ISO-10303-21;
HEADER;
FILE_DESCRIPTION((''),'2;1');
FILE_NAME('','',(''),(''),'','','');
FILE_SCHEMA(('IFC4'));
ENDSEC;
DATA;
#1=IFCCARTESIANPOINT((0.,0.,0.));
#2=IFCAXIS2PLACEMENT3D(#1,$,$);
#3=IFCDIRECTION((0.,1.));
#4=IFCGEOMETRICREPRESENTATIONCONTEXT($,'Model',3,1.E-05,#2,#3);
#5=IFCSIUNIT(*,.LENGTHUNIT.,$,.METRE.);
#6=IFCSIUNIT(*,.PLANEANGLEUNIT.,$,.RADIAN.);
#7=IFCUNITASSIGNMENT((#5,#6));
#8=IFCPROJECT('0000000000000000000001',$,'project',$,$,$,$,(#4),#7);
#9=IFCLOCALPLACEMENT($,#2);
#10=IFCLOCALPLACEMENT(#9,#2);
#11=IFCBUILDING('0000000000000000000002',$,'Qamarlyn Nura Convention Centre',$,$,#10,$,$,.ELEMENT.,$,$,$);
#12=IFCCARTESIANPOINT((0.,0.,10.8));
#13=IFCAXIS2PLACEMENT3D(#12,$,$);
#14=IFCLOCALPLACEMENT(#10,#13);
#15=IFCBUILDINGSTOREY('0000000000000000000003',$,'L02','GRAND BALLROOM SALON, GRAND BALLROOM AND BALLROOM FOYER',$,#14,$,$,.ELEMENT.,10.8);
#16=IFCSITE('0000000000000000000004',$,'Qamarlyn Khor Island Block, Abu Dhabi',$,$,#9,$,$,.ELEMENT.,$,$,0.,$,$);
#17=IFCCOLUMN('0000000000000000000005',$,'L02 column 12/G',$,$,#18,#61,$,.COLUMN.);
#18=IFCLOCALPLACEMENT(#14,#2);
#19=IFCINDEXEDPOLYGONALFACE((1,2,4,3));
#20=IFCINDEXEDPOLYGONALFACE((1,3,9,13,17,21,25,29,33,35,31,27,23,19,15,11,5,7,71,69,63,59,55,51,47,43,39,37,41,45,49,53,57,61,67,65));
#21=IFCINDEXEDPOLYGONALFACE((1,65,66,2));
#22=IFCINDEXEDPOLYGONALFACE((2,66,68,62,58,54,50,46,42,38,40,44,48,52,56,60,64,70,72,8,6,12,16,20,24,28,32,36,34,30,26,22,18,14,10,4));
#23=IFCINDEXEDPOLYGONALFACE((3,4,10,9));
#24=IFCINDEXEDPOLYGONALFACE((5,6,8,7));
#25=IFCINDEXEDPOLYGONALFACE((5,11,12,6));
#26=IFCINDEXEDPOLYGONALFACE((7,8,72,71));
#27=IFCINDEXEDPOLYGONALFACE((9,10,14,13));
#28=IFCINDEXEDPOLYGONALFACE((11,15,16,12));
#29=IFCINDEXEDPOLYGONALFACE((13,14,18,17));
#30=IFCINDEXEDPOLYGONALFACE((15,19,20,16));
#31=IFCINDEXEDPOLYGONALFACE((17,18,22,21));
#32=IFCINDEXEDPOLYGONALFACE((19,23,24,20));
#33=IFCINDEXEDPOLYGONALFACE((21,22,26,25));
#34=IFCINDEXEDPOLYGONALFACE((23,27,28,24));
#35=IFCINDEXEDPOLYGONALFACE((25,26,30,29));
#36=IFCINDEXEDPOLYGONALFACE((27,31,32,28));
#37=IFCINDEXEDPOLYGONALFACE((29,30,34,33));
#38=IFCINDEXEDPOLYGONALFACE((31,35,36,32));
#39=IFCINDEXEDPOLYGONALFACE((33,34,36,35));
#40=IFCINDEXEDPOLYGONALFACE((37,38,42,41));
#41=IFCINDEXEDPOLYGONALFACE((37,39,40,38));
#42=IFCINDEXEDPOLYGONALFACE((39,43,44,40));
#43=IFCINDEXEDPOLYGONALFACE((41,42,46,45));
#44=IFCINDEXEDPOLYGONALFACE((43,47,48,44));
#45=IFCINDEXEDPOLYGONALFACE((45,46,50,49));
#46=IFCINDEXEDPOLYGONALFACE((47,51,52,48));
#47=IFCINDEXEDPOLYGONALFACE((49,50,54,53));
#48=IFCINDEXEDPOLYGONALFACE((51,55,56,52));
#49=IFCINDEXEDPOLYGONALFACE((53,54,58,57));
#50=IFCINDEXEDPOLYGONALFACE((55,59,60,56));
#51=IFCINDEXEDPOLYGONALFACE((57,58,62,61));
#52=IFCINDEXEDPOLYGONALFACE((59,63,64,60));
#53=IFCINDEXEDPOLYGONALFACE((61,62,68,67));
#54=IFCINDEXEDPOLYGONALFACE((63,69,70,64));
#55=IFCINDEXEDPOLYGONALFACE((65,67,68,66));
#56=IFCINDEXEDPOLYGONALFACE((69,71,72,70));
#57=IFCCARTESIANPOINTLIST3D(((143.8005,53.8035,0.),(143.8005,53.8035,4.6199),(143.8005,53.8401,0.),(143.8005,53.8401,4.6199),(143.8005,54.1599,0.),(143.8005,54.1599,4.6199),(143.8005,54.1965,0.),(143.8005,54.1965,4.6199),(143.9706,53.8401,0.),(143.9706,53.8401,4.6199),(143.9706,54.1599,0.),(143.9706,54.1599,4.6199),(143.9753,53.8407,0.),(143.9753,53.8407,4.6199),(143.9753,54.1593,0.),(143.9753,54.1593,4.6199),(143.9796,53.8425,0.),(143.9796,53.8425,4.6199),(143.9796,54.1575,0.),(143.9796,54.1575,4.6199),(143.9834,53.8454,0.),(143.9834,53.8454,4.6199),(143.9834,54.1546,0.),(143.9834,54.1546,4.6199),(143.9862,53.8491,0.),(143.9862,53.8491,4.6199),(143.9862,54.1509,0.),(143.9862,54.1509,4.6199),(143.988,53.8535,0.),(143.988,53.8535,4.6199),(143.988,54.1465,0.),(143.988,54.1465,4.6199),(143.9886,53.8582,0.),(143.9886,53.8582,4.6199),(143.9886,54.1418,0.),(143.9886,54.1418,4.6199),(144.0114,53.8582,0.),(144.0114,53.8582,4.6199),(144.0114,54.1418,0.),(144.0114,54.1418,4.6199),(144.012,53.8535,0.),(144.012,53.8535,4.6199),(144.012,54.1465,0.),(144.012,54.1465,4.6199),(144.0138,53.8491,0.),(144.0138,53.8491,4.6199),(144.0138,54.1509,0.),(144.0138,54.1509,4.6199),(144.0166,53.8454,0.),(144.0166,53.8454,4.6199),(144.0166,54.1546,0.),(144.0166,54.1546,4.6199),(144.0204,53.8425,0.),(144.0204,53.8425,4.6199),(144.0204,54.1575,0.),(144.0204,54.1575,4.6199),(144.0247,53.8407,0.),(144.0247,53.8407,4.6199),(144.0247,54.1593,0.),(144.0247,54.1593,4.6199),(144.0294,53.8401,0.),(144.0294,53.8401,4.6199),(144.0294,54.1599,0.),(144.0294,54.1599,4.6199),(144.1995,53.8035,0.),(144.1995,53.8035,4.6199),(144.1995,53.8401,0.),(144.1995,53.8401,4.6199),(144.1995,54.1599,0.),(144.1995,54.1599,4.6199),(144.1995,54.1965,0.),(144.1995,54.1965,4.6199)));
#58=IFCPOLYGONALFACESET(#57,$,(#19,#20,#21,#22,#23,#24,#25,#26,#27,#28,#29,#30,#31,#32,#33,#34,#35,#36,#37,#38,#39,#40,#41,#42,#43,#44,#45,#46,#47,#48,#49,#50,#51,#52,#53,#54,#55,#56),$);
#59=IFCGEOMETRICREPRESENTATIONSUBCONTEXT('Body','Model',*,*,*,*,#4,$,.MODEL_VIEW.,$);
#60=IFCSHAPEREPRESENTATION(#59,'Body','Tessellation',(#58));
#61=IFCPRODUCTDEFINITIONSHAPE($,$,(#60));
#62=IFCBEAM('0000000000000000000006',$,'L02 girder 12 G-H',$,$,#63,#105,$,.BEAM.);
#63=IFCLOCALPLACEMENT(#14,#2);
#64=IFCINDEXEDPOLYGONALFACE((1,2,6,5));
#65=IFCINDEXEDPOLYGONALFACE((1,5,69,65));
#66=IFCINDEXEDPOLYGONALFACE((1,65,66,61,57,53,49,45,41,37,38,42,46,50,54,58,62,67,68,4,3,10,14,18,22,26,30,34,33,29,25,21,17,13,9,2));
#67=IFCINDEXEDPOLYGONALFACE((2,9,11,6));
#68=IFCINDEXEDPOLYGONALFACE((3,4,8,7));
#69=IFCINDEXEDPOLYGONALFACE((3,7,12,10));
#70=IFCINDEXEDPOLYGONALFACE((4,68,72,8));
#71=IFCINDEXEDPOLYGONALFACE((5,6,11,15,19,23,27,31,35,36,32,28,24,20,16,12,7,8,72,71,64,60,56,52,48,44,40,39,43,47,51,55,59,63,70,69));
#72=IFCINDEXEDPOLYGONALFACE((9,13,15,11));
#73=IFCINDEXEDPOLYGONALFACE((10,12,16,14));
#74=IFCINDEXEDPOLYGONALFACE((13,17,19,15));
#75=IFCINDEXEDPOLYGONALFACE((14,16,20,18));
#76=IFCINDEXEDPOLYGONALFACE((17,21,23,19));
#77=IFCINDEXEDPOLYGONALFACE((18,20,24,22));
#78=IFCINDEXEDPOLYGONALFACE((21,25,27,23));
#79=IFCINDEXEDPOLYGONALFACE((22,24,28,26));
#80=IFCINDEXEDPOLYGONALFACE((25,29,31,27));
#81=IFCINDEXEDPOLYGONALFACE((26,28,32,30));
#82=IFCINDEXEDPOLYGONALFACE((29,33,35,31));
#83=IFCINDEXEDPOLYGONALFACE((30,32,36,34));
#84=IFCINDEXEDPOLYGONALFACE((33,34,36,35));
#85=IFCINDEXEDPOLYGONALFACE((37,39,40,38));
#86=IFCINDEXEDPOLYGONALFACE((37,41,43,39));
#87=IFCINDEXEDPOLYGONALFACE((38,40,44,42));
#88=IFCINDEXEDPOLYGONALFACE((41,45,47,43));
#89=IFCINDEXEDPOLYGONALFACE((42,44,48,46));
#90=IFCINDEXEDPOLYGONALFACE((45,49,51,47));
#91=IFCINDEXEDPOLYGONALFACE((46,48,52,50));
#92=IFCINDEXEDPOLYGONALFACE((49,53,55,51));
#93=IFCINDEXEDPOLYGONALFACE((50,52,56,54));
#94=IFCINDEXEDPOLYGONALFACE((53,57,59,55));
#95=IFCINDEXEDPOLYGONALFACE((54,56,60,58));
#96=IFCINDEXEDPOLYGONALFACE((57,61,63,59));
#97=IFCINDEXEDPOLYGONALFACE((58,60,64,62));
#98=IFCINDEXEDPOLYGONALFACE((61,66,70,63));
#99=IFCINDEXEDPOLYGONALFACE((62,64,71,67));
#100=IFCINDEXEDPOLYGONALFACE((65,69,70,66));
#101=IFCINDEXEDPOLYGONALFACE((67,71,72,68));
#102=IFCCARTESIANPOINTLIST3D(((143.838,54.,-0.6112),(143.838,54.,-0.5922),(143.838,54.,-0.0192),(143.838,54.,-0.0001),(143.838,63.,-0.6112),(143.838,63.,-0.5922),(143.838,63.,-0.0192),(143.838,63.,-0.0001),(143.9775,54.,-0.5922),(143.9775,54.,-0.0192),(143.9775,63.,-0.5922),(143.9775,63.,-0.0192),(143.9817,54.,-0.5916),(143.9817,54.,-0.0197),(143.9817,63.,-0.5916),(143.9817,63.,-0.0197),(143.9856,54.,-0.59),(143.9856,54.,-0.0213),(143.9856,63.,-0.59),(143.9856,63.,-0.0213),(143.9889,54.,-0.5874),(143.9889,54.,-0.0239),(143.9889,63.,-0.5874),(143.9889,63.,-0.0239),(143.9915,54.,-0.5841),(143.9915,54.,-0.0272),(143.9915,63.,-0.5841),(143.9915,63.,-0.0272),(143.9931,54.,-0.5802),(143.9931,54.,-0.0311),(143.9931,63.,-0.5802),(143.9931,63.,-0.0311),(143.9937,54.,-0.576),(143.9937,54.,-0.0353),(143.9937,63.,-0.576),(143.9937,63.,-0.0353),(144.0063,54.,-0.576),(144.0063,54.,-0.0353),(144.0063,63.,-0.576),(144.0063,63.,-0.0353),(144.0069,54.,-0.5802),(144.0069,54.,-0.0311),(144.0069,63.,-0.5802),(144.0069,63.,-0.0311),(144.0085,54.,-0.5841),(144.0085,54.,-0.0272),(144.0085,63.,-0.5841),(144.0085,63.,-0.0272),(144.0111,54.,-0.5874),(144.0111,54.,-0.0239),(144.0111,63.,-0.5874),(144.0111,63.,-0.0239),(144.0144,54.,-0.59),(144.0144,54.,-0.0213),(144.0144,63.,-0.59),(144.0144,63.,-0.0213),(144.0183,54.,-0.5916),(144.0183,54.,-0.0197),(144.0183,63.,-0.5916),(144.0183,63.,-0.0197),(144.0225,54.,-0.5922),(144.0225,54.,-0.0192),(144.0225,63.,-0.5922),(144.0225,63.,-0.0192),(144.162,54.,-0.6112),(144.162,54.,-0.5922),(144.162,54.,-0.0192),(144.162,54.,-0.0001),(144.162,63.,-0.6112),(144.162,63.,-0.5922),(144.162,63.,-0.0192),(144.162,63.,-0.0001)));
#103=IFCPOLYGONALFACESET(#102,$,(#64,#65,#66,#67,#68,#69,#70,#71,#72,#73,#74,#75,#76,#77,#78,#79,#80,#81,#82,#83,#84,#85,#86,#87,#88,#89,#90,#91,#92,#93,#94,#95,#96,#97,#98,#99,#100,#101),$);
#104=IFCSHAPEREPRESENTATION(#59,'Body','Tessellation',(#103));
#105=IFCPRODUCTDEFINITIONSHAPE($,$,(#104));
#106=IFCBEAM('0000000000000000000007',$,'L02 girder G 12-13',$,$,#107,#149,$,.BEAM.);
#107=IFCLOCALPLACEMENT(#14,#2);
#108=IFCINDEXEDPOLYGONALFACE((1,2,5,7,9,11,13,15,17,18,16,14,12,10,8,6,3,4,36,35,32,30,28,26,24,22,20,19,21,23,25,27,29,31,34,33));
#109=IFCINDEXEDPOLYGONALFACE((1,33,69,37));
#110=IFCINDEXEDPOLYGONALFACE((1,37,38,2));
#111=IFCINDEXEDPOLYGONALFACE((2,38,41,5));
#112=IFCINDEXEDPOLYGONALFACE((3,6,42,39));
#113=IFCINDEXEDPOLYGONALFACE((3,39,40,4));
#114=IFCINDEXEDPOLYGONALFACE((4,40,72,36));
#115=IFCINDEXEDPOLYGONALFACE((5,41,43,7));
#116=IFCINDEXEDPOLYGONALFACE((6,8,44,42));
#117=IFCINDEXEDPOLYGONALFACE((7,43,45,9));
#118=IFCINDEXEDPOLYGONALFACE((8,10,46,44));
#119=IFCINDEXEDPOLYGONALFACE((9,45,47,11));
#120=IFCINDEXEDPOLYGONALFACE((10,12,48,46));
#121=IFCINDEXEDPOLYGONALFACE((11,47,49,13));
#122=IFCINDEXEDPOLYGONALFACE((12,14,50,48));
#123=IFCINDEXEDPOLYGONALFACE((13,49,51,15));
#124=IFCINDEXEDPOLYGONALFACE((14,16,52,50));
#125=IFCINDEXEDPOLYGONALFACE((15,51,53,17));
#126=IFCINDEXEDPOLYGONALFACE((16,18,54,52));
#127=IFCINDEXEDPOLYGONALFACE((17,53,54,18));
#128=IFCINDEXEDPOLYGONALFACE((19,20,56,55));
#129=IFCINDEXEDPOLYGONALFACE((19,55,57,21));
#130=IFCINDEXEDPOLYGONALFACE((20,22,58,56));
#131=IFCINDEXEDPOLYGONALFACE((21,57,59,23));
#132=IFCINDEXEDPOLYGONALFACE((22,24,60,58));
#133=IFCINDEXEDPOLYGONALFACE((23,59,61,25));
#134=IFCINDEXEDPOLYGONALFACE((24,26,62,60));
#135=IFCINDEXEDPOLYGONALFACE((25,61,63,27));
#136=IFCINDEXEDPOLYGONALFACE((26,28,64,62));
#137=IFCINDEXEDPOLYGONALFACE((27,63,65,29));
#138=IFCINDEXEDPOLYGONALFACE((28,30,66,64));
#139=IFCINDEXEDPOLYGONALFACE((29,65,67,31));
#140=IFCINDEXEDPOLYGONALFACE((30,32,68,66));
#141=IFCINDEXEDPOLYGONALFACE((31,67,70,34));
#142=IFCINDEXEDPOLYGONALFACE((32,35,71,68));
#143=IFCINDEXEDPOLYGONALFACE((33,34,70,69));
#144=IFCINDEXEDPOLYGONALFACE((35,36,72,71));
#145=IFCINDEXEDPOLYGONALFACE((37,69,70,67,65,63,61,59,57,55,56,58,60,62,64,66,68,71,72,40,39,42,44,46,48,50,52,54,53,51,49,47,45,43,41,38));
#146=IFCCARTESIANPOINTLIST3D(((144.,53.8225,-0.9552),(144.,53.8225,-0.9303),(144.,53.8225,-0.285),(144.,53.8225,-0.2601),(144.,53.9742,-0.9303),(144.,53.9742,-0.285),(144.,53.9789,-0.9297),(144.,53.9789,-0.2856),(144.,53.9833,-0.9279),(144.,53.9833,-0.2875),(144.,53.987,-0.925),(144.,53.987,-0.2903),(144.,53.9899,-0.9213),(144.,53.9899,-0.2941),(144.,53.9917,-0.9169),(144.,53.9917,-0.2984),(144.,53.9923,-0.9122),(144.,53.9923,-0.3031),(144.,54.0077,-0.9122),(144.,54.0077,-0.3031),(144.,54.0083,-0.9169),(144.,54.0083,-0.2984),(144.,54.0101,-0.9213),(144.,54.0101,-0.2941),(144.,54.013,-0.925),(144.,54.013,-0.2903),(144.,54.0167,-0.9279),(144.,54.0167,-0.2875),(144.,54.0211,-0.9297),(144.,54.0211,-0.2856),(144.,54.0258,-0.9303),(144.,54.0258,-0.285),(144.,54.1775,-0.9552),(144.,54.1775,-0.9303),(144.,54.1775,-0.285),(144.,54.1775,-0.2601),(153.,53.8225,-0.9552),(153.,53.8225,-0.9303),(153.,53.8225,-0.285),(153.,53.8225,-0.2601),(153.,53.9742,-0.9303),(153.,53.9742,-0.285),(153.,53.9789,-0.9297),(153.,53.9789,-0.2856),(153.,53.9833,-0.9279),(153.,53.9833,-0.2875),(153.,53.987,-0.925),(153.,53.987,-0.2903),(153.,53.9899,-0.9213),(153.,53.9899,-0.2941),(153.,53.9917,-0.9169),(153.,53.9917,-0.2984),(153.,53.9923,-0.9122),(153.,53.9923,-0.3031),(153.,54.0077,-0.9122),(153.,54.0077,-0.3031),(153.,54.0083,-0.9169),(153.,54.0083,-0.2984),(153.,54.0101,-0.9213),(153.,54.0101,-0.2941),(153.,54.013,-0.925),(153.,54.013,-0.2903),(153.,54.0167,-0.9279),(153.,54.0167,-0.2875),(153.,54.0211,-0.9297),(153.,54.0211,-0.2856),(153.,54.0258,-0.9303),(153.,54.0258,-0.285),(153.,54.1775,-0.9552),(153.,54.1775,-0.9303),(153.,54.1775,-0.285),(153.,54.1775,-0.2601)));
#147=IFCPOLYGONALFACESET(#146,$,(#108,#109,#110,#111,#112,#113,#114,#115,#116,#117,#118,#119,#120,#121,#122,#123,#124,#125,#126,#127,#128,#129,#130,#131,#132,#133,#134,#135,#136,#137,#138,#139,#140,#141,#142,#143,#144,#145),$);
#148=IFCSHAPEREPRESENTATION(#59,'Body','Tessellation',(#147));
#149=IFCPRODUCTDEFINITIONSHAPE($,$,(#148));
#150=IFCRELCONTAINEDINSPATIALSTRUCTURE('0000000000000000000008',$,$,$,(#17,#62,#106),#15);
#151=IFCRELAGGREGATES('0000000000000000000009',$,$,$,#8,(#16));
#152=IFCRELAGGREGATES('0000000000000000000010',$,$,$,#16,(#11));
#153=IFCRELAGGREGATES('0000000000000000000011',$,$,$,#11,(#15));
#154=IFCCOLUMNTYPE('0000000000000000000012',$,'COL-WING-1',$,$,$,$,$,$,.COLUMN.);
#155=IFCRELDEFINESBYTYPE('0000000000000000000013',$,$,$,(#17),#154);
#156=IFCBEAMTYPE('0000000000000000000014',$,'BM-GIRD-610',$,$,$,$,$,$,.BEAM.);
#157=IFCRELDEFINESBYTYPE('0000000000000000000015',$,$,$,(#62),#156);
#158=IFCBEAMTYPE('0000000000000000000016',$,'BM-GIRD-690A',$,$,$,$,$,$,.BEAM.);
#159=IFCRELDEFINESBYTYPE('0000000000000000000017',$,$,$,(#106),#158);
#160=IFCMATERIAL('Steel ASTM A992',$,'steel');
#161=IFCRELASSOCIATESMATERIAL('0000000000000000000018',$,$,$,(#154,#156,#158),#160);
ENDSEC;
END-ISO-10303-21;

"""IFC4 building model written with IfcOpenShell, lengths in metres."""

from ifc_helpers import new_model, si_unit, direction, frame, origin, origin_2d, place, context, subcontext, project, spatial, i_section, extrude, material, material_profile, profile_set, type_object, element, save


model = new_model("IFC4")

# Units and contexts
model_context = context("Model", 3, precision=1e-05, world=origin(), true_north=direction((0.0, 1.0)))
body_context = subcontext(model_context, "Body", "Model", "MODEL_VIEW")
ifc_project = project(units=[si_unit("LENGTHUNIT", "METRE"), si_unit("PLANEANGLEUNIT", "RADIAN")], contexts=[model_context])

# Site, building, storey
site_placement = place(None, origin())
site = spatial("IfcSite", under=ifc_project, at=site_placement, Name="Qamarlyn Khor Island Block, Abu Dhabi", CompositionType="ELEMENT", RefElevation=0.0)
building_placement = place(site_placement, origin())
building = spatial("IfcBuilding", under=site, at=building_placement, Name="Qamarlyn Nura Convention Centre", CompositionType="ELEMENT")
storey_placement = place(building_placement, frame((0.0, 0.0, 10.8)))
storey = spatial("IfcBuildingStorey", under=building, at=storey_placement, Name="L02", Description="GRAND BALLROOM SALON, GRAND BALLROOM AND BALLROOM FOYER", CompositionType="ELEMENT", Elevation=10.8)

# Column
ifc_material_1 = material(Name="Steel ASTM A992", Category="steel")
ifc_material_profile_1 = material_profile(ifc_material_1, i_section(OverallWidth=0.3989, OverallDepth=0.3931, WebThickness=0.0227, FlangeThickness=0.0366, FilletRadius=0.0181, at=origin_2d()), Name="W360X287")
ifc_profile_set_1 = profile_set([ifc_material_profile_1], Name="Steel ASTM A992")
column_type = type_object("IfcColumnType", Name="COL-WING-1", PredefinedType="COLUMN", material=ifc_profile_set_1)
column_placement = place(storey_placement, frame((144.0, 54.0, 0.0), z_axis=(0.0, 0.0, 1.0), x_axis=(1.0, 0.0, 0.0)))
element("IfcColumn", 1, at=column_placement, inside=storey, type_object=column_type, Name="L02 column 12/G", PredefinedType="COLUMN", context=body_context, shape_type="SweptSolid", body=[
    extrude(i_section(OverallWidth=0.3989, OverallDepth=0.3931, WebThickness=0.0227, FlangeThickness=0.0366, FilletRadius=0.0181, at=origin_2d()), origin(), (0.0, 0.0, 1.0), 4.6199),
])

# Beams
ifc_material_profile_2 = material_profile(ifc_material_1, i_section(OverallWidth=0.324, OverallDepth=0.6111, WebThickness=0.0127, FlangeThickness=0.019, FilletRadius=0.0161, at=origin_2d()), Name="W610X155")
ifc_profile_set_2 = profile_set([ifc_material_profile_2], Name="Steel ASTM A992")
beam_type_1 = type_object("IfcBeamType", Name="BM-GIRD-610", PredefinedType="BEAM", material=ifc_profile_set_2)
beam_1_placement = place(storey_placement, frame((144.0, 54.0, -0.3057), z_axis=(0.0, 1.0, 0.0), x_axis=(-1.0, 0.0, 0.0)))
element("IfcBeam", 2, at=beam_1_placement, inside=storey, type_object=beam_type_1, Name="L02 girder 12 G-H", PredefinedType="BEAM", context=body_context, shape_type="SweptSolid", body=[
    extrude(i_section(OverallWidth=0.324, OverallDepth=0.6111, WebThickness=0.0127, FlangeThickness=0.019, FilletRadius=0.0161, at=origin_2d()), origin(), (0.0, 0.0, 1.0), 9.0),
])
ifc_material_profile_3 = material_profile(ifc_material_1, i_section(OverallWidth=0.355, OverallDepth=0.6951, WebThickness=0.0154, FlangeThickness=0.0249, FilletRadius=0.0181, at=origin_2d()), Name="W690X217")
ifc_profile_set_3 = profile_set([ifc_material_profile_3], Name="Steel ASTM A992")
beam_type_2 = type_object("IfcBeamType", Name="BM-GIRD-690A", PredefinedType="BEAM", material=ifc_profile_set_3)
beam_2_placement = place(storey_placement, frame((144.0, 54.0, -0.6077), z_axis=(1.0, 0.0, 0.0), x_axis=(0.0, 1.0, 0.0)))
element("IfcBeam", 3, at=beam_2_placement, inside=storey, type_object=beam_type_2, Name="L02 girder G 12-13", PredefinedType="BEAM", context=body_context, shape_type="SweptSolid", body=[
    extrude(i_section(OverallWidth=0.355, OverallDepth=0.6951, WebThickness=0.0154, FlangeThickness=0.0249, FilletRadius=0.0181, at=origin_2d()), origin(), (0.0, 0.0, 1.0), 9.0),
])

save(model, "model.ifc")
